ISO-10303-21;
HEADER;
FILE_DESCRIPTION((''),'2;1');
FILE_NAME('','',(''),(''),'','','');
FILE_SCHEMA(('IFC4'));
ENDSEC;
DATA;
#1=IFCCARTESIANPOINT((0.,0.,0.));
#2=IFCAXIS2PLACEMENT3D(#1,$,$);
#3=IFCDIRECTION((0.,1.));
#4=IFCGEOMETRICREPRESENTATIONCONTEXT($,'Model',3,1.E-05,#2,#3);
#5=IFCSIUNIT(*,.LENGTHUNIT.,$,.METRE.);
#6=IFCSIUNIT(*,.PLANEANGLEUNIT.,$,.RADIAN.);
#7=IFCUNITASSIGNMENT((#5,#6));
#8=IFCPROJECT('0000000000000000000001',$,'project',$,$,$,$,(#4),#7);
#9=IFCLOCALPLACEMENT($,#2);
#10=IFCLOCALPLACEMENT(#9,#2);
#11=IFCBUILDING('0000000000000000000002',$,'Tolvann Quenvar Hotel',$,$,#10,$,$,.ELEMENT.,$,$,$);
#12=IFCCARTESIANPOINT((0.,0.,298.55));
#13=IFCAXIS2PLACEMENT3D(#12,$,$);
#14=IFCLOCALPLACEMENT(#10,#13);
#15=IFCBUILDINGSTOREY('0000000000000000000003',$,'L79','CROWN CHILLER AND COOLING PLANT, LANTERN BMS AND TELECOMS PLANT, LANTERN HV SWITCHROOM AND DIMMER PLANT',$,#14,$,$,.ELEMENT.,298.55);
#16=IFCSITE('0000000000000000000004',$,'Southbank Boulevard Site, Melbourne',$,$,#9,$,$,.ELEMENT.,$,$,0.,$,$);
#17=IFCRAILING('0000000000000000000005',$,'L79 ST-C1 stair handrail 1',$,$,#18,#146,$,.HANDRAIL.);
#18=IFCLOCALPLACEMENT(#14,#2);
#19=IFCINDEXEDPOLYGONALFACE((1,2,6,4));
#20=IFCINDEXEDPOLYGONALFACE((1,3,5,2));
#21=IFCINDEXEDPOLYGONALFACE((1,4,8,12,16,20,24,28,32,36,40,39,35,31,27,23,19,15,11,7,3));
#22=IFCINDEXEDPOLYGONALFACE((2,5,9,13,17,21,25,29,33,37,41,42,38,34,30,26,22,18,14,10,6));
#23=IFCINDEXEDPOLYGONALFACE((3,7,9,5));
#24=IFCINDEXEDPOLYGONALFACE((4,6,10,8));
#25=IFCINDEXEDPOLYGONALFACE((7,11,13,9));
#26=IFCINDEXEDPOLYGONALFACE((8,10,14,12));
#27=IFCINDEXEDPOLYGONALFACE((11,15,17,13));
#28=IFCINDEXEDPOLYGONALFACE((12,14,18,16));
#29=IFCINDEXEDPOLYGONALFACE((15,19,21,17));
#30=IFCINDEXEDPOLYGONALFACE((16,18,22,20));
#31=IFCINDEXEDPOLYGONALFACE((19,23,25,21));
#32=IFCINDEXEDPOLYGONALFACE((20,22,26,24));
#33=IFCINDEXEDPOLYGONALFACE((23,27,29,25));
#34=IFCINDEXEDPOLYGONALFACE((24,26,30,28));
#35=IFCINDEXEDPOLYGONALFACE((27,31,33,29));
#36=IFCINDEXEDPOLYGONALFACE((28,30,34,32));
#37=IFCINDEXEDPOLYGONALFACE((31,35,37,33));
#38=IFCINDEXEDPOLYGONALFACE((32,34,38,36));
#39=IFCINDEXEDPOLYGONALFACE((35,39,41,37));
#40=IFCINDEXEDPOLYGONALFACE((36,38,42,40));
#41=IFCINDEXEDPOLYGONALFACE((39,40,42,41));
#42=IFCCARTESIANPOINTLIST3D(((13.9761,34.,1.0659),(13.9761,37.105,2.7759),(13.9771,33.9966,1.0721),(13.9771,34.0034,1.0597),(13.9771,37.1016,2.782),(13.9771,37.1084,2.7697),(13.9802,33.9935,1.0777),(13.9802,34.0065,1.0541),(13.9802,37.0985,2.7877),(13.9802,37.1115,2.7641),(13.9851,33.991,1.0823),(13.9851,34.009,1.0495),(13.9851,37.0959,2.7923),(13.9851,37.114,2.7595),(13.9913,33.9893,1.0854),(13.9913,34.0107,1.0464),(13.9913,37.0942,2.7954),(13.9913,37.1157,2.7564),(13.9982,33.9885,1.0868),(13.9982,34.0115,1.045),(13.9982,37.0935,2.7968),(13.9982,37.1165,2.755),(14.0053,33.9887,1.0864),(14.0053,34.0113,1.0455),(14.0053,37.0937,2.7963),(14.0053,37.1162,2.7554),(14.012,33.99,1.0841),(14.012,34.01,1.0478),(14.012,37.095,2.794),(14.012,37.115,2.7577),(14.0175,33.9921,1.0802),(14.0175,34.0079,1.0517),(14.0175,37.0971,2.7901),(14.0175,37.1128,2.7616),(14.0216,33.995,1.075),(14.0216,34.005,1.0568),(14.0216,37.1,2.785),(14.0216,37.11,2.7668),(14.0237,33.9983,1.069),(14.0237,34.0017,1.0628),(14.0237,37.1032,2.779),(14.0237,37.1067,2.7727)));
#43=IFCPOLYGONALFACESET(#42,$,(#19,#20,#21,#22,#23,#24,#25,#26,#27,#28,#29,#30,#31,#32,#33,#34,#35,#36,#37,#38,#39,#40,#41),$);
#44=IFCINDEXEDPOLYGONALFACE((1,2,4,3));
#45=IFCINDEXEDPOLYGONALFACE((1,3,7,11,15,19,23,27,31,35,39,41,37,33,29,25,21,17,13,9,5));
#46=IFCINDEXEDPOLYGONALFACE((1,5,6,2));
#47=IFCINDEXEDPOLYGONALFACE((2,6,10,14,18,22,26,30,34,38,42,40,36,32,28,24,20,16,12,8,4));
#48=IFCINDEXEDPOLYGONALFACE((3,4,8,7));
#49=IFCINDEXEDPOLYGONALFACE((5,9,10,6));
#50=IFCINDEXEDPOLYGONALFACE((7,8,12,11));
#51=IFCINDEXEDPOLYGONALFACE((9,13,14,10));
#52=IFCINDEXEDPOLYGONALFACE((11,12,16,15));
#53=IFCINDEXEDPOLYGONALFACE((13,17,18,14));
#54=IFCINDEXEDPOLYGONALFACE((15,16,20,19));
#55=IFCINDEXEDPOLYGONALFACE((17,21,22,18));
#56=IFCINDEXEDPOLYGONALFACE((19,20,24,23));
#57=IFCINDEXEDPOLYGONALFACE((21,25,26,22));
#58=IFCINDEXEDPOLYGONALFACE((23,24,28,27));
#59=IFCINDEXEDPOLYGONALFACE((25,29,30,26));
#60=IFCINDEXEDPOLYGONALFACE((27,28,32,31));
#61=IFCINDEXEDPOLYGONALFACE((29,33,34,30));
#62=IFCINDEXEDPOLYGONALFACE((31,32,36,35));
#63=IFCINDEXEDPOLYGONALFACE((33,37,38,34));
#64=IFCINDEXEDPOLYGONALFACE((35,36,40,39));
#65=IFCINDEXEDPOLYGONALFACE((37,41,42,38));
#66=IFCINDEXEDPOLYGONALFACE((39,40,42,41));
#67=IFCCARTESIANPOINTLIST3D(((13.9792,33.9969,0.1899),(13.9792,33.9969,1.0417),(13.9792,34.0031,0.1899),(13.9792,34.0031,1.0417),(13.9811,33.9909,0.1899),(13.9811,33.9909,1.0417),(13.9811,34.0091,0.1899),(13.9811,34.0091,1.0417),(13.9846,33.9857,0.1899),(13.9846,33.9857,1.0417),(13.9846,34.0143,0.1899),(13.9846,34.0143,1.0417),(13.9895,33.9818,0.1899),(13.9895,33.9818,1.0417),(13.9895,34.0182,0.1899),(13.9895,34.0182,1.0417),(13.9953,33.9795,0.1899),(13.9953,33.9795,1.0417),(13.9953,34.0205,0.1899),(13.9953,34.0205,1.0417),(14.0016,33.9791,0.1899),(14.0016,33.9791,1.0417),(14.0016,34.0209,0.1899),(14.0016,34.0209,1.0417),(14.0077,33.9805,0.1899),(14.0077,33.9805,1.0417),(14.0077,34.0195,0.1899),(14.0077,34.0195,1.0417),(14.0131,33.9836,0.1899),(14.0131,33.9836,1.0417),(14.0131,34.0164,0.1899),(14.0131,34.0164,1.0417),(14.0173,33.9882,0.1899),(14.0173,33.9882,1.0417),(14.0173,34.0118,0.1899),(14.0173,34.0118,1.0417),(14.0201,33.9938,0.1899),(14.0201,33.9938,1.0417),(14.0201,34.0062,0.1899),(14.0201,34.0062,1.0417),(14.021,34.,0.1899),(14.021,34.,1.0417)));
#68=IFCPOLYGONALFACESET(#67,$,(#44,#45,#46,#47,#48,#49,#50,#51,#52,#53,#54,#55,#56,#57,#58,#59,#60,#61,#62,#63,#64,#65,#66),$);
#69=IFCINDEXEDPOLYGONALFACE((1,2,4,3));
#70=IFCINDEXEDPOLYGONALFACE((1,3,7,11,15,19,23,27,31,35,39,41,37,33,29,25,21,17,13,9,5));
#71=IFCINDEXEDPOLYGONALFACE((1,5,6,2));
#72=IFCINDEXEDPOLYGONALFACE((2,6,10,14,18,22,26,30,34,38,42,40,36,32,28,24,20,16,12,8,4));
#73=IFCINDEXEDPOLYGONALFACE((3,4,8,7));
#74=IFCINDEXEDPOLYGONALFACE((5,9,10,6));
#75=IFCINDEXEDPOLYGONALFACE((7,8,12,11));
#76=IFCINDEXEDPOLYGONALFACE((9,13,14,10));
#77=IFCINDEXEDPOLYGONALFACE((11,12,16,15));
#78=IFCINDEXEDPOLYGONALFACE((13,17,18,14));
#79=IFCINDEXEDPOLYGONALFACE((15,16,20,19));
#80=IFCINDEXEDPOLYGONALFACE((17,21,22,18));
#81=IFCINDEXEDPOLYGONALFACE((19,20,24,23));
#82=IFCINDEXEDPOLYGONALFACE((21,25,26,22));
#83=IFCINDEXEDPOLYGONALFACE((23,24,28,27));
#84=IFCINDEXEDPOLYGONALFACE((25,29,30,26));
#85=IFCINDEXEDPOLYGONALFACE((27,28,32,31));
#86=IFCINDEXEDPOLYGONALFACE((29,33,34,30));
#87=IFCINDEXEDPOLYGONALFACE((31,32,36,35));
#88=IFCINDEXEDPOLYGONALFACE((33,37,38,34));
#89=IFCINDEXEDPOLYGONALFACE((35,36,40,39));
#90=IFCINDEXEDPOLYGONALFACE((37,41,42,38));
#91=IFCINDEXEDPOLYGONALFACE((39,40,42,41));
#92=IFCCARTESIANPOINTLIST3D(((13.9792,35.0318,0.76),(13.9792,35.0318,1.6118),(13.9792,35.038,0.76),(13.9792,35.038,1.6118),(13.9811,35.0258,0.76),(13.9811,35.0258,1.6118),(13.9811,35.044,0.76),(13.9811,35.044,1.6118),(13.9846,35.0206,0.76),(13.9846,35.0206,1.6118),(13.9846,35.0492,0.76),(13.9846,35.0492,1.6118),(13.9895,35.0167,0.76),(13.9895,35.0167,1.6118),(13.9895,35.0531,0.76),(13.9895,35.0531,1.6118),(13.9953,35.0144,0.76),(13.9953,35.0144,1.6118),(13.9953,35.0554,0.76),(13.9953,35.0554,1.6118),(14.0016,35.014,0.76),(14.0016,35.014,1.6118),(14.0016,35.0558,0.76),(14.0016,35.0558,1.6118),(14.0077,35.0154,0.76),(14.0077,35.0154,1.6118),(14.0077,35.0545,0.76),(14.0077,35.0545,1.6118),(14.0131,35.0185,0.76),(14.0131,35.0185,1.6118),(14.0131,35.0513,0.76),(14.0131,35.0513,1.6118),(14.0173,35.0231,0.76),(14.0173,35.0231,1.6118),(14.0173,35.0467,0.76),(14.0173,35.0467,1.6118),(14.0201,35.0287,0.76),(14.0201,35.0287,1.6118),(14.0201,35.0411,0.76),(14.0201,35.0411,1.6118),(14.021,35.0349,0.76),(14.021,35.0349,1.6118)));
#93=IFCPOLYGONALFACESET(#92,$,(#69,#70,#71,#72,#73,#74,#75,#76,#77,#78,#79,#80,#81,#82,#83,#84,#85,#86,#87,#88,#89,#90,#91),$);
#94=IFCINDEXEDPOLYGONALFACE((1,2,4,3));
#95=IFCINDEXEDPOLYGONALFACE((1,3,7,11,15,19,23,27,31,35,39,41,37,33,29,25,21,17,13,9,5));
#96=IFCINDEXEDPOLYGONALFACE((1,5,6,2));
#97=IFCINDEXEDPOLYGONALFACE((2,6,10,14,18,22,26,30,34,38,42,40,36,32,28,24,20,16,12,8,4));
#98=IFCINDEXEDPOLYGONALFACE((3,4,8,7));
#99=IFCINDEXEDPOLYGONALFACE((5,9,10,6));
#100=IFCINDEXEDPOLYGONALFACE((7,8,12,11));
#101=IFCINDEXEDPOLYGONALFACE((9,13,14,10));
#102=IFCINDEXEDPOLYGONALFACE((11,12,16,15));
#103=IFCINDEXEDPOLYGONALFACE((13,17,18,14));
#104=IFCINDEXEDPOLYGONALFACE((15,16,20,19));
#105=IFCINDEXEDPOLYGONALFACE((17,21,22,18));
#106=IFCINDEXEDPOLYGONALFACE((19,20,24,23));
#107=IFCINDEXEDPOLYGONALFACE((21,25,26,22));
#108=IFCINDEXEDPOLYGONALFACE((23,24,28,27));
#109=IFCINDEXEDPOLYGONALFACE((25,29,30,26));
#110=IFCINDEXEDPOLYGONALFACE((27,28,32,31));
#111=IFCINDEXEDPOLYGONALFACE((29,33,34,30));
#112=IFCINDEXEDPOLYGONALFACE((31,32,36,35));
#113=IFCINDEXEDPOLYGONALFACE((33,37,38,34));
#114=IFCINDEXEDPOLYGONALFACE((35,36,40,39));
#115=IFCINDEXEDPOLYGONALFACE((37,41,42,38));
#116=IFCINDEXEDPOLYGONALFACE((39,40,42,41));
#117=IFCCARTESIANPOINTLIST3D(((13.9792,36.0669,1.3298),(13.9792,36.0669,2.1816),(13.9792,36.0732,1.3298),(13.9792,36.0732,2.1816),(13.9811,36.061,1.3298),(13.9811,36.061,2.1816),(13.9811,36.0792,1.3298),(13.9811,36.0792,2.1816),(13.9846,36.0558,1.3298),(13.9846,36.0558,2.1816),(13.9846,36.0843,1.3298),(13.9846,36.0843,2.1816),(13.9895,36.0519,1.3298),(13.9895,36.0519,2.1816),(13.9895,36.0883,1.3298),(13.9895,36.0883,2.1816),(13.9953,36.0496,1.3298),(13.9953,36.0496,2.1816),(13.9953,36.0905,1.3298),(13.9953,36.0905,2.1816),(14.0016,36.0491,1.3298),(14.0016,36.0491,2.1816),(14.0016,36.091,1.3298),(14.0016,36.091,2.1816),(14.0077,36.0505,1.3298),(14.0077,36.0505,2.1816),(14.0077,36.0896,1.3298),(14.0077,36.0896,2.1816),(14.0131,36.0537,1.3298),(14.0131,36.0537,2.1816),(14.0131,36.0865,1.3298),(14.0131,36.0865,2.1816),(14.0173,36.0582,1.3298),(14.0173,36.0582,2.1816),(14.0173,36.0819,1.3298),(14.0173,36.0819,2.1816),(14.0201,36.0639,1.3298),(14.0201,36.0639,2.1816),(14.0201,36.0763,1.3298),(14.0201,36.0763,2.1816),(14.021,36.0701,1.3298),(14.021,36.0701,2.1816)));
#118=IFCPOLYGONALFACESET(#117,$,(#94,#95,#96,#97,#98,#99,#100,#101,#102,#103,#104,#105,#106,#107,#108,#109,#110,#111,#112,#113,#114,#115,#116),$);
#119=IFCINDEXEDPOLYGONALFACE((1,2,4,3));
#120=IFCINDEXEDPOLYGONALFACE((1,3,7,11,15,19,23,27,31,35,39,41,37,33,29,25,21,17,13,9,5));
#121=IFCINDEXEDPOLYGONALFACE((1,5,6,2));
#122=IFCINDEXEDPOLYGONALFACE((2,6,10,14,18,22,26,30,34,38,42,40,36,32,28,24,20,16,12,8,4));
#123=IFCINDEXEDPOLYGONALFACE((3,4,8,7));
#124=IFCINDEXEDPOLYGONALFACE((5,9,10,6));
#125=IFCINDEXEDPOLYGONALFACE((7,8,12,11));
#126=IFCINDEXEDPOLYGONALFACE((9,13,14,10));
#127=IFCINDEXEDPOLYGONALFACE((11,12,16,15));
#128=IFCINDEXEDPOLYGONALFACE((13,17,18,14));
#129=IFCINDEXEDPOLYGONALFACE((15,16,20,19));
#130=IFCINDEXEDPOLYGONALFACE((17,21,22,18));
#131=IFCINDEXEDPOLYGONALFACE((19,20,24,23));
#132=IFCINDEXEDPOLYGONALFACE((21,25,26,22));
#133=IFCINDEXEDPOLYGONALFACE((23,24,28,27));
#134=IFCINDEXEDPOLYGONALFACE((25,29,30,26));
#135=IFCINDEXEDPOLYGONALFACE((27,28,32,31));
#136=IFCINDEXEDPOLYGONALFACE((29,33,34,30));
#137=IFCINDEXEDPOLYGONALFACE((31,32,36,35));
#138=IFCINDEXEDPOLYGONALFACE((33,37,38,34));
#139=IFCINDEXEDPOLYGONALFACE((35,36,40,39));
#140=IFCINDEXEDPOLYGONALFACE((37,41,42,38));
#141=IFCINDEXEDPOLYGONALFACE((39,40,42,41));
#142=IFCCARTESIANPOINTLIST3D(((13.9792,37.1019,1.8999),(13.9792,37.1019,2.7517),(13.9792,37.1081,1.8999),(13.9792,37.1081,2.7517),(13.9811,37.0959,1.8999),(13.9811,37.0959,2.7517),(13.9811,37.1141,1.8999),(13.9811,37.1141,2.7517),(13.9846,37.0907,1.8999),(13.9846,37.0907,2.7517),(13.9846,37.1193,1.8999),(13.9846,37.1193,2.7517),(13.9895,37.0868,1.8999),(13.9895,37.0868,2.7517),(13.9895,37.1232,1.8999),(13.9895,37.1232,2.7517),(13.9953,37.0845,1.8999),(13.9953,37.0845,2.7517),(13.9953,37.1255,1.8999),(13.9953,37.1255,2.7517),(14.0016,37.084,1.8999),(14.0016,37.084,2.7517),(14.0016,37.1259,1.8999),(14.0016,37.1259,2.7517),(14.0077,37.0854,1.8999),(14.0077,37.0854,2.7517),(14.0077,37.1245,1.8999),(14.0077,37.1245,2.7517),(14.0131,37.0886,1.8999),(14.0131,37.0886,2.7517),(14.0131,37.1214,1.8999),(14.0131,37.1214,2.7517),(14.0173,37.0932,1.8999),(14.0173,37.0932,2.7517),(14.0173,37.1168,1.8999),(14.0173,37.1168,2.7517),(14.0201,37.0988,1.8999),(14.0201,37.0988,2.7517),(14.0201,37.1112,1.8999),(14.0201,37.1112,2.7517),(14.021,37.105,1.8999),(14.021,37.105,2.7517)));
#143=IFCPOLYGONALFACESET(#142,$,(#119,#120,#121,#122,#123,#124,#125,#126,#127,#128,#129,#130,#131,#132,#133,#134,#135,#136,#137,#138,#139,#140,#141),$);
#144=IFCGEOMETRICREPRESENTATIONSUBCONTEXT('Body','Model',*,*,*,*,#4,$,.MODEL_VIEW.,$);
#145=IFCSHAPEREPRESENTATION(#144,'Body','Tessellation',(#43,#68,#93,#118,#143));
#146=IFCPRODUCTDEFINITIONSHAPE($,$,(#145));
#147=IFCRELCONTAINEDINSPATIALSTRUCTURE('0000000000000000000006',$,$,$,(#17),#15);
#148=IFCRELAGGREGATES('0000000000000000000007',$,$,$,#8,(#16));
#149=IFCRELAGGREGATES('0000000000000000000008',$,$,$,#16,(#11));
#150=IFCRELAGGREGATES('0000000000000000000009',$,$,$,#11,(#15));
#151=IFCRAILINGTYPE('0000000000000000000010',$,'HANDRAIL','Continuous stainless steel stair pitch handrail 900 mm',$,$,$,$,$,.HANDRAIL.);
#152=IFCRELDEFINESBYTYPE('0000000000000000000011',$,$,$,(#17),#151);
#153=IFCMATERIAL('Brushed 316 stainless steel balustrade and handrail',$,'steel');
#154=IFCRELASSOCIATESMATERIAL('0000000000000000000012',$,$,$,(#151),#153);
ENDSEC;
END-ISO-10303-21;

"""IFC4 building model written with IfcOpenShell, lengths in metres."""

from ifc_helpers import new_model, si_unit, direction, frame, origin, origin_2d, place, context, subcontext, project, spatial, circle, extrude, material, type_object, element, save


model = new_model("IFC4")

# Units and contexts
model_context = context("Model", 3, precision=1e-05, world=origin(), true_north=direction((0.0, 1.0)))
body_context = subcontext(model_context, "Body", "Model", "MODEL_VIEW")
ifc_project = project(units=[si_unit("LENGTHUNIT", "METRE"), si_unit("PLANEANGLEUNIT", "RADIAN")], contexts=[model_context])

# Site, building, storey
site_placement = place(None, origin())
site = spatial("IfcSite", under=ifc_project, at=site_placement, Name="Southbank Boulevard Site, Melbourne", CompositionType="ELEMENT", RefElevation=0.0)
building_placement = place(site_placement, origin())
building = spatial("IfcBuilding", under=site, at=building_placement, Name="Tolvann Quenvar Hotel", CompositionType="ELEMENT")
storey_placement = place(building_placement, frame((0.0, 0.0, 298.55)))
storey = spatial("IfcBuildingStorey", under=building, at=storey_placement, Name="L79", Description="CROWN CHILLER AND COOLING PLANT, LANTERN BMS AND TELECOMS PLANT, LANTERN HV SWITCHROOM AND DIMMER PLANT", CompositionType="ELEMENT", Elevation=298.55)

# Railing
ifc_material_1 = material(Name="Brushed 316 stainless steel balustrade and handrail", Category="steel")
railing_type_1 = type_object("IfcRailingType", Name="HANDRAIL", Description="Continuous stainless steel stair pitch handrail 900 mm", PredefinedType="HANDRAIL", material=ifc_material_1)
railing_1_placement = place(storey_placement, frame((14.0, 34.0, 0.1899)))
element("IfcRailing", 1, at=railing_1_placement, inside=storey, type_object=railing_type_1, Name="L79 ST-C1 stair handrail 1", PredefinedType="HANDRAIL", context=body_context, shape_type="SweptSolid", body=[
    extrude(circle(Radius=0.0239, at=origin_2d()), frame((0.0, 0.0, 0.876), z_axis=(0.0, 0.875951, 0.4824), x_axis=(-1.0, 0.0, 0.0)), (0.0, 0.0, 1.0), 3.5447),
    extrude(circle(Radius=0.021, at=origin_2d()), origin(), (0.0, 0.0, 1.0), 0.8518),
    extrude(circle(Radius=0.021, at=origin_2d()), frame((0.0, 1.0349, 0.5701)), (0.0, 0.0, 1.0), 0.8518),
    extrude(circle(Radius=0.021, at=origin_2d()), frame((0.0, 2.0701, 1.1399)), (0.0, 0.0, 1.0), 0.8518),
    extrude(circle(Radius=0.021, at=origin_2d()), frame((0.0, 3.105, 1.71)), (0.0, 0.0, 1.0), 0.8518),
])

save(model, "model.ifc")
